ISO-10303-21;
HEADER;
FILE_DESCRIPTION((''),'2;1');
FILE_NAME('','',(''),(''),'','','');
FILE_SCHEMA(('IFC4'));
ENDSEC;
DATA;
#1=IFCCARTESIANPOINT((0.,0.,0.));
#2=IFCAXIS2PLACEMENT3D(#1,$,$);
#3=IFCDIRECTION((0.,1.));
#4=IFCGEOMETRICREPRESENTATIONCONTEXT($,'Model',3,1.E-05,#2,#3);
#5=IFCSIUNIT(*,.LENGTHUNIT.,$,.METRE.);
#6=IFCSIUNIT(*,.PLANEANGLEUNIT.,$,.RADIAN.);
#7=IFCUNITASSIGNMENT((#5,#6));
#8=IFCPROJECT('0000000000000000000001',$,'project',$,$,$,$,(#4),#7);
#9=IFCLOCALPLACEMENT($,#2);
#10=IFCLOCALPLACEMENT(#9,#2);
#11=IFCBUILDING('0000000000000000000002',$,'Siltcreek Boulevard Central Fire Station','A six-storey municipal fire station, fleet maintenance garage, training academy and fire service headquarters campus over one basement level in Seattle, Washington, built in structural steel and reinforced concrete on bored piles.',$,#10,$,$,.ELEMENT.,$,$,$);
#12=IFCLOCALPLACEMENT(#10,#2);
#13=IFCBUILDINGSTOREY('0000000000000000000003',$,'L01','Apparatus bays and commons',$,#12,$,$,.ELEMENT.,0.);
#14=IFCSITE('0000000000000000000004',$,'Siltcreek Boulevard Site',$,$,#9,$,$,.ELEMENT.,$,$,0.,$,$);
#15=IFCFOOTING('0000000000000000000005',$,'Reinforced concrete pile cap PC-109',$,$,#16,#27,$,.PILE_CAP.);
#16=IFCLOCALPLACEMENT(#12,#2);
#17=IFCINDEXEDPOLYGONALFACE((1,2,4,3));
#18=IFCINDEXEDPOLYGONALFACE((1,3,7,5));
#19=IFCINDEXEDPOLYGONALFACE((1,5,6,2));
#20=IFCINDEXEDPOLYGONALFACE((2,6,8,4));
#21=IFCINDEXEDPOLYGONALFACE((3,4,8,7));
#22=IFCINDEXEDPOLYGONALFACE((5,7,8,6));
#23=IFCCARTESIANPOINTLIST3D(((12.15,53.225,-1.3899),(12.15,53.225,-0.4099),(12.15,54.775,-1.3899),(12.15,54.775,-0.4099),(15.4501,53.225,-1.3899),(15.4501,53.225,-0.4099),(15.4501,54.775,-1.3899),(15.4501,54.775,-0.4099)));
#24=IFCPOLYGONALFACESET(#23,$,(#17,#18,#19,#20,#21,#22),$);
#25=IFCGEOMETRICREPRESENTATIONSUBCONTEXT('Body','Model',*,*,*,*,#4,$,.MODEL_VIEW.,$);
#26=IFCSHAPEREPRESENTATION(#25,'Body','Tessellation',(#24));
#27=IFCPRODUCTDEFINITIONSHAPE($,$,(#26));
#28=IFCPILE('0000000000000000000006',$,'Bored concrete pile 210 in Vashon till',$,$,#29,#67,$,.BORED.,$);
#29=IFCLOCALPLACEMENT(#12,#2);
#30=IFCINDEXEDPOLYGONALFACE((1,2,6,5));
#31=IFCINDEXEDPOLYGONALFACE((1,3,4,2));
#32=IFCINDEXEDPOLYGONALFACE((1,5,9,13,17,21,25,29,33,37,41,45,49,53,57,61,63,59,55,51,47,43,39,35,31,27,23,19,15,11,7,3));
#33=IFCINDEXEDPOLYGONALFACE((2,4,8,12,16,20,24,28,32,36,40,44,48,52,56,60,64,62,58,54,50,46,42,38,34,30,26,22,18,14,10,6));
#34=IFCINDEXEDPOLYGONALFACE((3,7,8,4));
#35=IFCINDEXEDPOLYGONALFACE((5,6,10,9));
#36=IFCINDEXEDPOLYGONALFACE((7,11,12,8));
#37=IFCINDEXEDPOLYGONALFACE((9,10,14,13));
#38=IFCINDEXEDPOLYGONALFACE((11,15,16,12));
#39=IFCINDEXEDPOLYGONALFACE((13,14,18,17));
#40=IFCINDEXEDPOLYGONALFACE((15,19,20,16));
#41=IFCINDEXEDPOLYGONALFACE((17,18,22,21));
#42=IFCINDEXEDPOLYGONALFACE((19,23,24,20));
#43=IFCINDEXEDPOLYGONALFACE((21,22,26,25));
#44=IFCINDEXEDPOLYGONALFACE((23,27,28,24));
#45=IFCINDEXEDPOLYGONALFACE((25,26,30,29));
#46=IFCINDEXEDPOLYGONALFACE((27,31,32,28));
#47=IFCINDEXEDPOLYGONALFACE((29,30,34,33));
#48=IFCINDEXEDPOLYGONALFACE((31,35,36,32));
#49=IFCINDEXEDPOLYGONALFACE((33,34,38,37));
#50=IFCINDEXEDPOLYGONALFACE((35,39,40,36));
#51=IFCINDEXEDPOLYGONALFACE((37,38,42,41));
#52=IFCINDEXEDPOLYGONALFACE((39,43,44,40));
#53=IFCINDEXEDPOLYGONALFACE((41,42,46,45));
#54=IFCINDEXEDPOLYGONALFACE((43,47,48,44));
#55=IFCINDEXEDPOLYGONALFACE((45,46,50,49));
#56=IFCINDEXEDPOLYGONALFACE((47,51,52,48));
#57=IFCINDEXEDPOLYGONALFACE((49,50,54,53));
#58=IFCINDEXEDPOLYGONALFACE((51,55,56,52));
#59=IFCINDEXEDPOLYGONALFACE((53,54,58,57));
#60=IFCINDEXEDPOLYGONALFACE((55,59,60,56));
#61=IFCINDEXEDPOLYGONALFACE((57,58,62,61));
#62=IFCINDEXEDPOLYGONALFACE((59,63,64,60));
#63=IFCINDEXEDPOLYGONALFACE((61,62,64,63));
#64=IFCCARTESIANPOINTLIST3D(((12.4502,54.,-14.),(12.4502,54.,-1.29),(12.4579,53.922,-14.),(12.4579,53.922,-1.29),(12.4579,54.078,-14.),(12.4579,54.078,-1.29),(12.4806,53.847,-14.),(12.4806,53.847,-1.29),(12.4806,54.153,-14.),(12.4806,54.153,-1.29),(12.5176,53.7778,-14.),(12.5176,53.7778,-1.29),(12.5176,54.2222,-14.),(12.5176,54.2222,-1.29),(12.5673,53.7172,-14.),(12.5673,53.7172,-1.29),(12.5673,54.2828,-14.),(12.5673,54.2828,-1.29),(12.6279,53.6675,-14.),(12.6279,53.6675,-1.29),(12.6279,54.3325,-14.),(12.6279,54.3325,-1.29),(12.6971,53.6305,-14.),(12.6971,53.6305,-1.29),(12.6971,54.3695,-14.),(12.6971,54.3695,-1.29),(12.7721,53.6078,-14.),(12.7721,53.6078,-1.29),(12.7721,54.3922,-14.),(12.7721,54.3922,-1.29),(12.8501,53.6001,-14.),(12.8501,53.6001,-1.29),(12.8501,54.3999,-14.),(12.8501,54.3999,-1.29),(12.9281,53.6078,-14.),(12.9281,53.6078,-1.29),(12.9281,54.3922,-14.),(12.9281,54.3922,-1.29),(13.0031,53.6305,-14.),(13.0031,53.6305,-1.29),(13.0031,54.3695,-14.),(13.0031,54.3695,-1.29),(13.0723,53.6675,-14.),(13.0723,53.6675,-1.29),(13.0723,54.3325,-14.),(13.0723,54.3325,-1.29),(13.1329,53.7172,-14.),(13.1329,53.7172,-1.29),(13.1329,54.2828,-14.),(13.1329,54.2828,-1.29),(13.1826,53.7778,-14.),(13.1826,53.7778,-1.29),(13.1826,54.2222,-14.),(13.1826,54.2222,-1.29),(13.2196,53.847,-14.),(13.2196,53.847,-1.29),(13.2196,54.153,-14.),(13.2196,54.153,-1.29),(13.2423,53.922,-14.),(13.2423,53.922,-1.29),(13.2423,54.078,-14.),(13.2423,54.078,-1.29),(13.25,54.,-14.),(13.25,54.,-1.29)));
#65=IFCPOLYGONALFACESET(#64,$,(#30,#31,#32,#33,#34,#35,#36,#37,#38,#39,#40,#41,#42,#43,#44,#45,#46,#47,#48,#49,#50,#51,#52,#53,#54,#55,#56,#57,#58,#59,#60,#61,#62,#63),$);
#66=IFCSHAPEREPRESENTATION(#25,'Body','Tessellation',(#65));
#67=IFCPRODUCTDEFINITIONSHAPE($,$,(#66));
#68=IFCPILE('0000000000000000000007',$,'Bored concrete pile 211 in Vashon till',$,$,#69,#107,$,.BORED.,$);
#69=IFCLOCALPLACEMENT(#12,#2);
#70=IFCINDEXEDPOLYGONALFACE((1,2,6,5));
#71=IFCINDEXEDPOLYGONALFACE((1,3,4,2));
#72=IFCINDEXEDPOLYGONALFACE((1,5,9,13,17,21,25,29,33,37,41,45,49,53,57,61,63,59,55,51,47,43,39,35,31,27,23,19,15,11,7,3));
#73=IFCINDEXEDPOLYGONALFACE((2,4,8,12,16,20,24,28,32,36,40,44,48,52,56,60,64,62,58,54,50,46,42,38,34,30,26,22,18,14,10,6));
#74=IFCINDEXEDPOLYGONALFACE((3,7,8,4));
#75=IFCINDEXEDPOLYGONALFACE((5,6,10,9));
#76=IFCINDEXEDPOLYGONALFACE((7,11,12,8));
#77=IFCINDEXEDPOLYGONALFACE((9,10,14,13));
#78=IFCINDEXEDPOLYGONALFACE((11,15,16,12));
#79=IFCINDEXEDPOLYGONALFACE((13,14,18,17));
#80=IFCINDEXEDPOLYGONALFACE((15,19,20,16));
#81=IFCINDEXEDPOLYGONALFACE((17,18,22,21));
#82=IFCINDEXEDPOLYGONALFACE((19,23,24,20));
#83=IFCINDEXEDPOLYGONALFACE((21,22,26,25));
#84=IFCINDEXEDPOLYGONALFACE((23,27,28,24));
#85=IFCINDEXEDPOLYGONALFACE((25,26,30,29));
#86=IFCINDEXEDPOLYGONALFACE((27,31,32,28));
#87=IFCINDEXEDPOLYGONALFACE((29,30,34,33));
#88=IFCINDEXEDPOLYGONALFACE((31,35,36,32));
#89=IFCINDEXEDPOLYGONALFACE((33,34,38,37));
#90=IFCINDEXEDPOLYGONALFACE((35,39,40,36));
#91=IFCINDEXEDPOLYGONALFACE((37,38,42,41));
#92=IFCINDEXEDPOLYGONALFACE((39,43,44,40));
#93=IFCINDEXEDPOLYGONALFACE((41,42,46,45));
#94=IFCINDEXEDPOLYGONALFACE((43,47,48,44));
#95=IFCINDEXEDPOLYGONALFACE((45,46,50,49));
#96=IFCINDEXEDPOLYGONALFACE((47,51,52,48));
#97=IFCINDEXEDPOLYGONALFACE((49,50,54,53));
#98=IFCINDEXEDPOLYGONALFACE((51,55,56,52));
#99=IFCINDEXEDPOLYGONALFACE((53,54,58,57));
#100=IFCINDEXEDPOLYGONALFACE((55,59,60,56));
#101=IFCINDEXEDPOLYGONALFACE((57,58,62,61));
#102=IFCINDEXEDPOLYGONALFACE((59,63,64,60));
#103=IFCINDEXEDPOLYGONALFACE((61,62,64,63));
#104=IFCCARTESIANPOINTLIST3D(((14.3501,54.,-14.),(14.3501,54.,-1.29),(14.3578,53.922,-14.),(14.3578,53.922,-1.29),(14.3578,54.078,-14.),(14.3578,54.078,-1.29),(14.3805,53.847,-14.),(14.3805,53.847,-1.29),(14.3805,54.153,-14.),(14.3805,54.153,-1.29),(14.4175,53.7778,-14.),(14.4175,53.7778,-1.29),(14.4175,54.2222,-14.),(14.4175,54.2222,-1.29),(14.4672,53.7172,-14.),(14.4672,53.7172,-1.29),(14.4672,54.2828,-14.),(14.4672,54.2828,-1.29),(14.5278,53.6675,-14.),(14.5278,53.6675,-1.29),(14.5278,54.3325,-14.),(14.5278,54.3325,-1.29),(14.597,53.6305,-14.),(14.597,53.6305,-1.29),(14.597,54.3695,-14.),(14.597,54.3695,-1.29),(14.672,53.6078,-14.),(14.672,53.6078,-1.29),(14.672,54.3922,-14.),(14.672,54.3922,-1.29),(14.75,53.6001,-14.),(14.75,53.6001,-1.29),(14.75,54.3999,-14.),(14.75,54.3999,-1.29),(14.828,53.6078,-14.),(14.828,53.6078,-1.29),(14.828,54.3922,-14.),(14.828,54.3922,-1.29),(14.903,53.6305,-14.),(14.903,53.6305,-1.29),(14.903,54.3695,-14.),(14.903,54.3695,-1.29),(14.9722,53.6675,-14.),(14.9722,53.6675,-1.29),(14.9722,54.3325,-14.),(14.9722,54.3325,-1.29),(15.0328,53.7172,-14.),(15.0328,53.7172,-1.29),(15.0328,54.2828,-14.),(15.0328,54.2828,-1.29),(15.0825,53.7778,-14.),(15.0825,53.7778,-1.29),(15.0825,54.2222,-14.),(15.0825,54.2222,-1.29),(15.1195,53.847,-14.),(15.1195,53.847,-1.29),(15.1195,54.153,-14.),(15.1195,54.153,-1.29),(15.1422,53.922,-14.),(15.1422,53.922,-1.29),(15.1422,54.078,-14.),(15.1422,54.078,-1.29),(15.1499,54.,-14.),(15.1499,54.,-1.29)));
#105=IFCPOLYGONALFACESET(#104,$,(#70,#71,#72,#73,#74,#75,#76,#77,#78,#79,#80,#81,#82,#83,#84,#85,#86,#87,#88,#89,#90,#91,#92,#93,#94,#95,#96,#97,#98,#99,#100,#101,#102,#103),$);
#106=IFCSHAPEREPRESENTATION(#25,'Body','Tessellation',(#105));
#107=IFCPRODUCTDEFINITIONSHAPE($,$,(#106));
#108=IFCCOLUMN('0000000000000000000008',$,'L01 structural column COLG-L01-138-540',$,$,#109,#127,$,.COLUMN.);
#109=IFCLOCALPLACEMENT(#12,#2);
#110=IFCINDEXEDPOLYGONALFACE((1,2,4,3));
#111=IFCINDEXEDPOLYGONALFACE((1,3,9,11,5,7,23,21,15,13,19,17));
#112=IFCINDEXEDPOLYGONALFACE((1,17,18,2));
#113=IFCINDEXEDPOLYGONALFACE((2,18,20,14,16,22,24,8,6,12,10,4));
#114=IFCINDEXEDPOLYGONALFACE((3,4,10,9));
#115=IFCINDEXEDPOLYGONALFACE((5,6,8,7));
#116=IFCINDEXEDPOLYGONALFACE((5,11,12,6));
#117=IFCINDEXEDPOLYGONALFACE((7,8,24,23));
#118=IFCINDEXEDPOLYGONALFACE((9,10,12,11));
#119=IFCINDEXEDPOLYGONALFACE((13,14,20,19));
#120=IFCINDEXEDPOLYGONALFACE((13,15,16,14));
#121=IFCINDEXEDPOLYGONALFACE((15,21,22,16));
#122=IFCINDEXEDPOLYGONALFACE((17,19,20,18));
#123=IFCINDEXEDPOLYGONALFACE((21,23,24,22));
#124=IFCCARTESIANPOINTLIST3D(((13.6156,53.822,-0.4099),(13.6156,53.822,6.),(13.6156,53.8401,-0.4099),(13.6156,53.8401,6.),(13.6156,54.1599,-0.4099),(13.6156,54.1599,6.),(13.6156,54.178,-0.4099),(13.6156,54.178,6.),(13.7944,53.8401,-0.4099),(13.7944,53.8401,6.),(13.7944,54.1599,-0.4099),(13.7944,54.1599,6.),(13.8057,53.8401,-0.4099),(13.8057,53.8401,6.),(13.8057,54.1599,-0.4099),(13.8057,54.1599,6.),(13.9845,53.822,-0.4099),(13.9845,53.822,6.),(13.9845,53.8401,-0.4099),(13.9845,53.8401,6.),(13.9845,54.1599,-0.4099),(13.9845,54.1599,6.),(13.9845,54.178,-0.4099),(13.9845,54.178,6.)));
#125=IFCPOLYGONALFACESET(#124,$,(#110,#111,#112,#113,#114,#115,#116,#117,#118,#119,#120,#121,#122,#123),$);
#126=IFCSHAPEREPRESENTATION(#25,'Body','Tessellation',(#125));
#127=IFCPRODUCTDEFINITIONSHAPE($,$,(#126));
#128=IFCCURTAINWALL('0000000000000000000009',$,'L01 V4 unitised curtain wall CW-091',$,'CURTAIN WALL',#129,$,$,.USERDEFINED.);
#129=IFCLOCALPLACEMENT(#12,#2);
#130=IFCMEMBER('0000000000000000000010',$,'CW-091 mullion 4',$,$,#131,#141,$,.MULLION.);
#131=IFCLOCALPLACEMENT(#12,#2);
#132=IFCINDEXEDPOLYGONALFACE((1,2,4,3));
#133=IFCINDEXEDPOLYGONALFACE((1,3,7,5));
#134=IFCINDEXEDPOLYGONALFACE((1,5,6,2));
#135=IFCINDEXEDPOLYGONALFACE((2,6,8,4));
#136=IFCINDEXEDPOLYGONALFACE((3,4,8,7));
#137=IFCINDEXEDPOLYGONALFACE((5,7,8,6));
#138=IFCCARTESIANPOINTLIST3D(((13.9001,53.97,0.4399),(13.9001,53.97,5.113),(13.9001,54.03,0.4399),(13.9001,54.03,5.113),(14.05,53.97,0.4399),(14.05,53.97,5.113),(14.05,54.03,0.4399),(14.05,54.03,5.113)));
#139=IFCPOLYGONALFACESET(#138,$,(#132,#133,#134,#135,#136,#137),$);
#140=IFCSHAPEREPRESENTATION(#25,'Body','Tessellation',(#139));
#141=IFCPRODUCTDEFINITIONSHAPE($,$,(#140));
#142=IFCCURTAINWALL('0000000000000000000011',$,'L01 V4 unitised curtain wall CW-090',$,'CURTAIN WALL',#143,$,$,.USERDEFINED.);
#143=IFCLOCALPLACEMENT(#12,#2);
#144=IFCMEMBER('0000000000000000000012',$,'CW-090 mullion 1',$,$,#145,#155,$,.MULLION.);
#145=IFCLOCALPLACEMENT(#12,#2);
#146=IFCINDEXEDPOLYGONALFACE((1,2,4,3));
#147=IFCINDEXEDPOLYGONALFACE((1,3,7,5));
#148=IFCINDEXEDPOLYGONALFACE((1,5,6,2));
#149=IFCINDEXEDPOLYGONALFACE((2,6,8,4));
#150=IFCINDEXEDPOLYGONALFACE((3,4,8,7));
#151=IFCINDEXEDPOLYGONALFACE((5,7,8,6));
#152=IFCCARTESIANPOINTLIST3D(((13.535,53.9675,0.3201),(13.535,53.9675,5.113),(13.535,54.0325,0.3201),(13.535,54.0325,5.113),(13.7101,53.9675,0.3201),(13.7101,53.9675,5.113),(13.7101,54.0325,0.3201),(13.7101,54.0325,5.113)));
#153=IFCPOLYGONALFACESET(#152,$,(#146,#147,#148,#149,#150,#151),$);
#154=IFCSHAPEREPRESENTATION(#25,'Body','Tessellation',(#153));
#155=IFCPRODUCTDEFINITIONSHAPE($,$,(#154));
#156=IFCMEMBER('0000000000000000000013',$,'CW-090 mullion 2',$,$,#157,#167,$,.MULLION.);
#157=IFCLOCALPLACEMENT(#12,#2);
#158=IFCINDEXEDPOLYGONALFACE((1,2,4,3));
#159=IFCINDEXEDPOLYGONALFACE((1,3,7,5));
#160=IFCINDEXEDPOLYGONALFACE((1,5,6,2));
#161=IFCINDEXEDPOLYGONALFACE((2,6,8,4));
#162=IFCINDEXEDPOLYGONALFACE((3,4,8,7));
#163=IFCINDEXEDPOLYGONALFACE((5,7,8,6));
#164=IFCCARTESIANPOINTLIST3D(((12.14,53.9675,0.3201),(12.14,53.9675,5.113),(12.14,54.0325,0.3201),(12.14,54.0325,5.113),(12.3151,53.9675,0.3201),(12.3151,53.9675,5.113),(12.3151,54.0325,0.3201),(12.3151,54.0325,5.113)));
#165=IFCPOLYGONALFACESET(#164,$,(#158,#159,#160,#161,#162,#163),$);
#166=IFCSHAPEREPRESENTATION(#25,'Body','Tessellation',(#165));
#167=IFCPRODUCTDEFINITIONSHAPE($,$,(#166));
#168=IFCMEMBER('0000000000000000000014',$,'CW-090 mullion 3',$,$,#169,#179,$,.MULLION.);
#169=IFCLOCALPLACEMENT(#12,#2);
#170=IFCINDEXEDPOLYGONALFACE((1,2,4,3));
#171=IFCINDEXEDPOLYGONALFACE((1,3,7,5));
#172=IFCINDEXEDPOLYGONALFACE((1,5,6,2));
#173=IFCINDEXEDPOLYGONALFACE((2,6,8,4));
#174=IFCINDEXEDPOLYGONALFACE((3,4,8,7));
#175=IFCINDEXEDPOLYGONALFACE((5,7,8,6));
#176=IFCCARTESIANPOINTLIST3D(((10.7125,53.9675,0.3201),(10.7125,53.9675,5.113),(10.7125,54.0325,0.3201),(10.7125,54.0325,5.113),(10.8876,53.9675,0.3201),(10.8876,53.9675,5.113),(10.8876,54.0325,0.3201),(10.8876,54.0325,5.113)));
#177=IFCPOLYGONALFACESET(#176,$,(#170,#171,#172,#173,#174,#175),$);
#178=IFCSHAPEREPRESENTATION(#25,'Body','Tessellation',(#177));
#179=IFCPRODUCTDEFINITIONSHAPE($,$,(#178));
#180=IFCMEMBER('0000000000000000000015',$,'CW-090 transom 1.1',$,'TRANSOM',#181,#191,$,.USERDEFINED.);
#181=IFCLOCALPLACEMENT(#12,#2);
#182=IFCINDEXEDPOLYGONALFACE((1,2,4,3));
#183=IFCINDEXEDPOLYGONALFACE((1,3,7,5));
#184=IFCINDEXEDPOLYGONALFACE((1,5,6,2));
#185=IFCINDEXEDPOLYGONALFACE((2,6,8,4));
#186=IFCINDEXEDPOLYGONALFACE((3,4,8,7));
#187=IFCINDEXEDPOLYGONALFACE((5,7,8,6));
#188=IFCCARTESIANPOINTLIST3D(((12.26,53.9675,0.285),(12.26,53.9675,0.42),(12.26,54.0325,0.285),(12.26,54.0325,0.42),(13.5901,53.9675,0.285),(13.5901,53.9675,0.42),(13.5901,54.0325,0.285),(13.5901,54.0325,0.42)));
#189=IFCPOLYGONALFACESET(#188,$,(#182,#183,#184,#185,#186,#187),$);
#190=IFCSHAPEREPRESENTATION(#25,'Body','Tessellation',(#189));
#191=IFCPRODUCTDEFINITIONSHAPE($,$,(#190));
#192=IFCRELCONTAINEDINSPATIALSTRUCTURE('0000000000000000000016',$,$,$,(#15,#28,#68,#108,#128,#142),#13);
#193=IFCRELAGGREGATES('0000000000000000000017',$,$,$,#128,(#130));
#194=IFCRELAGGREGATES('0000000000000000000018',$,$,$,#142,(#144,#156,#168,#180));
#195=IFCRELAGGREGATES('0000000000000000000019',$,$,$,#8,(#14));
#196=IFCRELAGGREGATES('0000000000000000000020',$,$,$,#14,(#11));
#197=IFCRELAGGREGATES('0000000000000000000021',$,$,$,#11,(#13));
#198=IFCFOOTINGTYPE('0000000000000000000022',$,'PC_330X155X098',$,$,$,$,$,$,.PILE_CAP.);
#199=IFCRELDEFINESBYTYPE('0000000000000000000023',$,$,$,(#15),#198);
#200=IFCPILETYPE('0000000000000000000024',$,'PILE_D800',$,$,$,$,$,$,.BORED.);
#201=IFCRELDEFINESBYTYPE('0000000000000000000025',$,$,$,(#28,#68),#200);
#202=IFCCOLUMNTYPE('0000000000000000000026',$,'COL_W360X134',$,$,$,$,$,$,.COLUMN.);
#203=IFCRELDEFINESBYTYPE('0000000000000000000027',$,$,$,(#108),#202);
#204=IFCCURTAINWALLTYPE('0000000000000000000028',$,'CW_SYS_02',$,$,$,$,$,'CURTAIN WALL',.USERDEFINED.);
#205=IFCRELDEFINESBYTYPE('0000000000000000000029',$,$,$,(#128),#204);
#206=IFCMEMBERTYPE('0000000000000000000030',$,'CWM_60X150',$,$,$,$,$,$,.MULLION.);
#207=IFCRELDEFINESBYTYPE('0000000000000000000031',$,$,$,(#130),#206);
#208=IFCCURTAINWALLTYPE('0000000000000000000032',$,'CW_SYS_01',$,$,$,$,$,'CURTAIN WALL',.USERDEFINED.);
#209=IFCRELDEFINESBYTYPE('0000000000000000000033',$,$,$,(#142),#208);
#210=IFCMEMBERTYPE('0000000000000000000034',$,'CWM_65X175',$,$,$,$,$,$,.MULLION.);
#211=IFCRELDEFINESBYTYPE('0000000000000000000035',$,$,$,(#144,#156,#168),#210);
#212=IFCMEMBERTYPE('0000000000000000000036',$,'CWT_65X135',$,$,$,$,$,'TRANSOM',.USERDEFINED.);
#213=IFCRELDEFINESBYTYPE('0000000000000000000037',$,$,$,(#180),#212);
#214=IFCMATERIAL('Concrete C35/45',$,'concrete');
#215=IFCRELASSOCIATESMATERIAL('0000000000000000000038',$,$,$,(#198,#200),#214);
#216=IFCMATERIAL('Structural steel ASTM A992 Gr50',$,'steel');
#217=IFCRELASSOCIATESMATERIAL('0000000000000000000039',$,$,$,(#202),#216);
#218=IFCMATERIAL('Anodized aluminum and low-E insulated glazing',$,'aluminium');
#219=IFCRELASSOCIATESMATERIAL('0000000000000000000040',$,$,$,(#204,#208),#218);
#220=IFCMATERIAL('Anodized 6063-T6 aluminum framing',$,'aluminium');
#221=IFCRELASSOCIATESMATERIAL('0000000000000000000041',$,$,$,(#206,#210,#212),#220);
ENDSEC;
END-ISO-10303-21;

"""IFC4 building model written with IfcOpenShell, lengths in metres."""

from ifc_helpers import new_model, si_unit, direction, frame, origin, origin_2d, place, context, subcontext, project, spatial, rectangle, circle, i_section, extrude, material, material_profile, profile_set, type_object, element, aggregate, save


model = new_model("IFC4")

# Units and contexts
model_context = context("Model", 3, precision=1e-05, world=origin(), true_north=direction((0.0, 1.0)))
body_context = subcontext(model_context, "Body", "Model", "MODEL_VIEW")
ifc_project = project(units=[si_unit("LENGTHUNIT", "METRE"), si_unit("PLANEANGLEUNIT", "RADIAN")], contexts=[model_context])

# Site, building, storey
site_placement = place(None, origin())
site = spatial("IfcSite", under=ifc_project, at=site_placement, Name="Siltcreek Boulevard Site", CompositionType="ELEMENT", RefElevation=0.0)
building_placement = place(site_placement, origin())
building = spatial("IfcBuilding", under=site, at=building_placement, Name="Siltcreek Boulevard Central Fire Station", Description="A six-storey municipal fire station, fleet maintenance garage, training academy and fire service headquarters campus over one basement level in Seattle, Washington, built in structural steel and reinforced concrete on bored piles.", CompositionType="ELEMENT")
storey_placement = place(building_placement, origin())
storey = spatial("IfcBuildingStorey", under=building, at=storey_placement, Name="L01", Description="Apparatus bays and commons", CompositionType="ELEMENT", Elevation=0.0)

# Footing
ifc_material_1 = material(Name="Concrete C35/45", Category="concrete")
footing_type = type_object("IfcFootingType", Name="PC_330X155X098", PredefinedType="PILE_CAP", material=ifc_material_1)
footing_placement = place(storey_placement, frame((13.8, 54.0, -1.3899), z_axis=(0.0, 0.0, 1.0), x_axis=(1.0, 0.0, 0.0)))
element("IfcFooting", 1, at=footing_placement, inside=storey, type_object=footing_type, Name="Reinforced concrete pile cap PC-109", PredefinedType="PILE_CAP", context=body_context, shape_type="SweptSolid", body=[
    extrude(rectangle(XDim=3.3, YDim=1.55, at=origin_2d()), origin(), (0.0, 0.0, 1.0), 0.98),
])

# Piles
ifc_material_profile_1 = material_profile(ifc_material_1, circle(Radius=0.3999, at=origin_2d()), Name="SHAFT800")
ifc_profile_set_1 = profile_set([ifc_material_profile_1], Name="Concrete C35/45")
pile_type = type_object("IfcPileType", Name="PILE_D800", PredefinedType="BORED", material=ifc_profile_set_1)
for number, where, z_axis, x_axis, name in (
    (2, (12.8501, 54.0, -1.29), (0.0, 0.0, -1.0), (1.0, 0.0, 0.0), "Bored concrete pile 210 in Vashon till"),
    (3, (14.75, 54.0, -1.29), (0.0, 0.0, -1.0), (1.0, 0.0, 0.0), "Bored concrete pile 211 in Vashon till"),
):
    element("IfcPile", number, at=place(storey_placement, frame(where, z_axis=z_axis, x_axis=x_axis)), inside=storey, type_object=pile_type, Name=name, PredefinedType="BORED", context=body_context, shape_type="SweptSolid", body=[
        extrude(circle(Radius=0.3999, at=origin_2d()), origin(), (0.0, 0.0, 1.0), 12.71),
    ])

# Column
ifc_material_2 = material(Name="Structural steel ASTM A992 Gr50", Category="steel")
ifc_material_profile_2 = material_profile(ifc_material_2, i_section(OverallWidth=0.3689, OverallDepth=0.356, WebThickness=0.0112, FlangeThickness=0.0181, at=origin_2d()), Name="W360X134")
ifc_profile_set_2 = profile_set([ifc_material_profile_2], Name="Structural steel ASTM A992 Gr50")
column_type = type_object("IfcColumnType", Name="COL_W360X134", PredefinedType="COLUMN", material=ifc_profile_set_2)
column_placement = place(storey_placement, frame((13.8, 54.0, -0.4099), z_axis=(0.0, 0.0, 1.0), x_axis=(1.0, 0.0, 0.0)))
element("IfcColumn", 4, at=column_placement, inside=storey, type_object=column_type, Name="L01 structural column COLG-L01-138-540", PredefinedType="COLUMN", context=body_context, shape_type="SweptSolid", body=[
    extrude(i_section(OverallWidth=0.3689, OverallDepth=0.356, WebThickness=0.0112, FlangeThickness=0.0181, at=origin_2d()), origin(), (0.0, 0.0, 1.0), 6.4099),
])

# Curtain wall, member
ifc_material_3 = material(Name="Anodized aluminum and low-E insulated glazing", Category="aluminium")
curtain_wall_type_1 = type_object("IfcCurtainWallType", Name="CW_SYS_02", ElementType="CURTAIN WALL", PredefinedType="USERDEFINED", material=ifc_material_3)
curtain_wall_1_placement = place(storey_placement, origin())
curtain_wall_1 = element("IfcCurtainWall", 5, at=curtain_wall_1_placement, inside=storey, type_object=curtain_wall_type_1, Name="L01 V4 unitised curtain wall CW-091", ObjectType="CURTAIN WALL", PredefinedType="USERDEFINED")
ifc_material_4 = material(Name="Anodized 6063-T6 aluminum framing", Category="aluminium")
ifc_material_profile_3 = material_profile(ifc_material_4, rectangle(XDim=0.0601, YDim=0.1499, at=origin_2d()), Name="MULL60X150")
ifc_profile_set_3 = profile_set([ifc_material_profile_3], Name="Anodized 6063-T6 aluminum framing")
member_type_1 = type_object("IfcMemberType", Name="CWM_60X150", PredefinedType="MULLION", material=ifc_profile_set_3)
member_1_placement = place(storey_placement, frame((13.9751, 54.0, 0.4399), z_axis=(0.0, 0.0, 1.0), x_axis=(0.0, -1.0, 0.0)))
member_1 = element("IfcMember", 6, at=member_1_placement, type_object=member_type_1, Name="CW-091 mullion 4", PredefinedType="MULLION", context=body_context, shape_type="SweptSolid", body=[
    extrude(rectangle(XDim=0.0601, YDim=0.1499, at=origin_2d()), origin(), (0.0, 0.0, 1.0), 4.6731),
])
aggregate(curtain_wall_1, [member_1])

# Curtain wall, members
curtain_wall_type_2 = type_object("IfcCurtainWallType", Name="CW_SYS_01", ElementType="CURTAIN WALL", PredefinedType="USERDEFINED", material=ifc_material_3)
curtain_wall_2_placement = place(storey_placement, origin())
curtain_wall_2 = element("IfcCurtainWall", 7, at=curtain_wall_2_placement, inside=storey, type_object=curtain_wall_type_2, Name="L01 V4 unitised curtain wall CW-090", ObjectType="CURTAIN WALL", PredefinedType="USERDEFINED")
ifc_material_profile_4 = material_profile(ifc_material_4, rectangle(XDim=0.0649, YDim=0.175, at=origin_2d()), Name="MULL65X175")
ifc_profile_set_4 = profile_set([ifc_material_profile_4], Name="Anodized 6063-T6 aluminum framing")
member_type_2 = type_object("IfcMemberType", Name="CWM_65X175", PredefinedType="MULLION", material=ifc_profile_set_4)
member_2_placement = place(storey_placement, frame((13.6226, 54.0, 0.3201), z_axis=(0.0, 0.0, 1.0), x_axis=(0.0, -1.0, 0.0)))
member_2 = element("IfcMember", 8, at=member_2_placement, type_object=member_type_2, Name="CW-090 mullion 1", PredefinedType="MULLION", context=body_context, shape_type="SweptSolid", body=[
    extrude(rectangle(XDim=0.0649, YDim=0.175, at=origin_2d()), origin(), (0.0, 0.0, 1.0), 4.793),
])
member_3_placement = place(storey_placement, frame((12.2275, 54.0, 0.3201), z_axis=(0.0, 0.0, 1.0), x_axis=(0.0, -1.0, 0.0)))
member_3 = element("IfcMember", 9, at=member_3_placement, type_object=member_type_2, Name="CW-090 mullion 2", PredefinedType="MULLION", context=body_context, shape_type="SweptSolid", body=[
    extrude(rectangle(XDim=0.0649, YDim=0.175, at=origin_2d()), origin(), (0.0, 0.0, 1.0), 4.793),
])
member_4_placement = place(storey_placement, frame((10.8, 54.0, 0.3201), z_axis=(0.0, 0.0, 1.0), x_axis=(0.0, -1.0, 0.0)))
member_4 = element("IfcMember", 10, at=member_4_placement, type_object=member_type_2, Name="CW-090 mullion 3", PredefinedType="MULLION", context=body_context, shape_type="SweptSolid", body=[
    extrude(rectangle(XDim=0.0649, YDim=0.175, at=origin_2d()), origin(), (0.0, 0.0, 1.0), 4.793),
])
ifc_material_profile_5 = material_profile(ifc_material_4, rectangle(XDim=0.0649, YDim=0.135, at=origin_2d()), Name="TRAN65X135")
ifc_profile_set_5 = profile_set([ifc_material_profile_5], Name="Anodized 6063-T6 aluminum framing")
member_type_3 = type_object("IfcMemberType", Name="CWT_65X135", ElementType="TRANSOM", PredefinedType="USERDEFINED", material=ifc_profile_set_5)
member_5_placement = place(storey_placement, frame((13.5901, 54.0, 0.3525), z_axis=(-1.0, 0.0, 0.0), x_axis=(0.0, -1.0, 0.0)))
member_5 = element("IfcMember", 11, at=member_5_placement, type_object=member_type_3, Name="CW-090 transom 1.1", ObjectType="TRANSOM", PredefinedType="USERDEFINED", context=body_context, shape_type="SweptSolid", body=[
    extrude(rectangle(XDim=0.0649, YDim=0.135, at=origin_2d()), origin(), (0.0, 0.0, 1.0), 1.3301),
])
aggregate(curtain_wall_2, [member_2, member_3, member_4, member_5])

save(model, "model.ifc")
